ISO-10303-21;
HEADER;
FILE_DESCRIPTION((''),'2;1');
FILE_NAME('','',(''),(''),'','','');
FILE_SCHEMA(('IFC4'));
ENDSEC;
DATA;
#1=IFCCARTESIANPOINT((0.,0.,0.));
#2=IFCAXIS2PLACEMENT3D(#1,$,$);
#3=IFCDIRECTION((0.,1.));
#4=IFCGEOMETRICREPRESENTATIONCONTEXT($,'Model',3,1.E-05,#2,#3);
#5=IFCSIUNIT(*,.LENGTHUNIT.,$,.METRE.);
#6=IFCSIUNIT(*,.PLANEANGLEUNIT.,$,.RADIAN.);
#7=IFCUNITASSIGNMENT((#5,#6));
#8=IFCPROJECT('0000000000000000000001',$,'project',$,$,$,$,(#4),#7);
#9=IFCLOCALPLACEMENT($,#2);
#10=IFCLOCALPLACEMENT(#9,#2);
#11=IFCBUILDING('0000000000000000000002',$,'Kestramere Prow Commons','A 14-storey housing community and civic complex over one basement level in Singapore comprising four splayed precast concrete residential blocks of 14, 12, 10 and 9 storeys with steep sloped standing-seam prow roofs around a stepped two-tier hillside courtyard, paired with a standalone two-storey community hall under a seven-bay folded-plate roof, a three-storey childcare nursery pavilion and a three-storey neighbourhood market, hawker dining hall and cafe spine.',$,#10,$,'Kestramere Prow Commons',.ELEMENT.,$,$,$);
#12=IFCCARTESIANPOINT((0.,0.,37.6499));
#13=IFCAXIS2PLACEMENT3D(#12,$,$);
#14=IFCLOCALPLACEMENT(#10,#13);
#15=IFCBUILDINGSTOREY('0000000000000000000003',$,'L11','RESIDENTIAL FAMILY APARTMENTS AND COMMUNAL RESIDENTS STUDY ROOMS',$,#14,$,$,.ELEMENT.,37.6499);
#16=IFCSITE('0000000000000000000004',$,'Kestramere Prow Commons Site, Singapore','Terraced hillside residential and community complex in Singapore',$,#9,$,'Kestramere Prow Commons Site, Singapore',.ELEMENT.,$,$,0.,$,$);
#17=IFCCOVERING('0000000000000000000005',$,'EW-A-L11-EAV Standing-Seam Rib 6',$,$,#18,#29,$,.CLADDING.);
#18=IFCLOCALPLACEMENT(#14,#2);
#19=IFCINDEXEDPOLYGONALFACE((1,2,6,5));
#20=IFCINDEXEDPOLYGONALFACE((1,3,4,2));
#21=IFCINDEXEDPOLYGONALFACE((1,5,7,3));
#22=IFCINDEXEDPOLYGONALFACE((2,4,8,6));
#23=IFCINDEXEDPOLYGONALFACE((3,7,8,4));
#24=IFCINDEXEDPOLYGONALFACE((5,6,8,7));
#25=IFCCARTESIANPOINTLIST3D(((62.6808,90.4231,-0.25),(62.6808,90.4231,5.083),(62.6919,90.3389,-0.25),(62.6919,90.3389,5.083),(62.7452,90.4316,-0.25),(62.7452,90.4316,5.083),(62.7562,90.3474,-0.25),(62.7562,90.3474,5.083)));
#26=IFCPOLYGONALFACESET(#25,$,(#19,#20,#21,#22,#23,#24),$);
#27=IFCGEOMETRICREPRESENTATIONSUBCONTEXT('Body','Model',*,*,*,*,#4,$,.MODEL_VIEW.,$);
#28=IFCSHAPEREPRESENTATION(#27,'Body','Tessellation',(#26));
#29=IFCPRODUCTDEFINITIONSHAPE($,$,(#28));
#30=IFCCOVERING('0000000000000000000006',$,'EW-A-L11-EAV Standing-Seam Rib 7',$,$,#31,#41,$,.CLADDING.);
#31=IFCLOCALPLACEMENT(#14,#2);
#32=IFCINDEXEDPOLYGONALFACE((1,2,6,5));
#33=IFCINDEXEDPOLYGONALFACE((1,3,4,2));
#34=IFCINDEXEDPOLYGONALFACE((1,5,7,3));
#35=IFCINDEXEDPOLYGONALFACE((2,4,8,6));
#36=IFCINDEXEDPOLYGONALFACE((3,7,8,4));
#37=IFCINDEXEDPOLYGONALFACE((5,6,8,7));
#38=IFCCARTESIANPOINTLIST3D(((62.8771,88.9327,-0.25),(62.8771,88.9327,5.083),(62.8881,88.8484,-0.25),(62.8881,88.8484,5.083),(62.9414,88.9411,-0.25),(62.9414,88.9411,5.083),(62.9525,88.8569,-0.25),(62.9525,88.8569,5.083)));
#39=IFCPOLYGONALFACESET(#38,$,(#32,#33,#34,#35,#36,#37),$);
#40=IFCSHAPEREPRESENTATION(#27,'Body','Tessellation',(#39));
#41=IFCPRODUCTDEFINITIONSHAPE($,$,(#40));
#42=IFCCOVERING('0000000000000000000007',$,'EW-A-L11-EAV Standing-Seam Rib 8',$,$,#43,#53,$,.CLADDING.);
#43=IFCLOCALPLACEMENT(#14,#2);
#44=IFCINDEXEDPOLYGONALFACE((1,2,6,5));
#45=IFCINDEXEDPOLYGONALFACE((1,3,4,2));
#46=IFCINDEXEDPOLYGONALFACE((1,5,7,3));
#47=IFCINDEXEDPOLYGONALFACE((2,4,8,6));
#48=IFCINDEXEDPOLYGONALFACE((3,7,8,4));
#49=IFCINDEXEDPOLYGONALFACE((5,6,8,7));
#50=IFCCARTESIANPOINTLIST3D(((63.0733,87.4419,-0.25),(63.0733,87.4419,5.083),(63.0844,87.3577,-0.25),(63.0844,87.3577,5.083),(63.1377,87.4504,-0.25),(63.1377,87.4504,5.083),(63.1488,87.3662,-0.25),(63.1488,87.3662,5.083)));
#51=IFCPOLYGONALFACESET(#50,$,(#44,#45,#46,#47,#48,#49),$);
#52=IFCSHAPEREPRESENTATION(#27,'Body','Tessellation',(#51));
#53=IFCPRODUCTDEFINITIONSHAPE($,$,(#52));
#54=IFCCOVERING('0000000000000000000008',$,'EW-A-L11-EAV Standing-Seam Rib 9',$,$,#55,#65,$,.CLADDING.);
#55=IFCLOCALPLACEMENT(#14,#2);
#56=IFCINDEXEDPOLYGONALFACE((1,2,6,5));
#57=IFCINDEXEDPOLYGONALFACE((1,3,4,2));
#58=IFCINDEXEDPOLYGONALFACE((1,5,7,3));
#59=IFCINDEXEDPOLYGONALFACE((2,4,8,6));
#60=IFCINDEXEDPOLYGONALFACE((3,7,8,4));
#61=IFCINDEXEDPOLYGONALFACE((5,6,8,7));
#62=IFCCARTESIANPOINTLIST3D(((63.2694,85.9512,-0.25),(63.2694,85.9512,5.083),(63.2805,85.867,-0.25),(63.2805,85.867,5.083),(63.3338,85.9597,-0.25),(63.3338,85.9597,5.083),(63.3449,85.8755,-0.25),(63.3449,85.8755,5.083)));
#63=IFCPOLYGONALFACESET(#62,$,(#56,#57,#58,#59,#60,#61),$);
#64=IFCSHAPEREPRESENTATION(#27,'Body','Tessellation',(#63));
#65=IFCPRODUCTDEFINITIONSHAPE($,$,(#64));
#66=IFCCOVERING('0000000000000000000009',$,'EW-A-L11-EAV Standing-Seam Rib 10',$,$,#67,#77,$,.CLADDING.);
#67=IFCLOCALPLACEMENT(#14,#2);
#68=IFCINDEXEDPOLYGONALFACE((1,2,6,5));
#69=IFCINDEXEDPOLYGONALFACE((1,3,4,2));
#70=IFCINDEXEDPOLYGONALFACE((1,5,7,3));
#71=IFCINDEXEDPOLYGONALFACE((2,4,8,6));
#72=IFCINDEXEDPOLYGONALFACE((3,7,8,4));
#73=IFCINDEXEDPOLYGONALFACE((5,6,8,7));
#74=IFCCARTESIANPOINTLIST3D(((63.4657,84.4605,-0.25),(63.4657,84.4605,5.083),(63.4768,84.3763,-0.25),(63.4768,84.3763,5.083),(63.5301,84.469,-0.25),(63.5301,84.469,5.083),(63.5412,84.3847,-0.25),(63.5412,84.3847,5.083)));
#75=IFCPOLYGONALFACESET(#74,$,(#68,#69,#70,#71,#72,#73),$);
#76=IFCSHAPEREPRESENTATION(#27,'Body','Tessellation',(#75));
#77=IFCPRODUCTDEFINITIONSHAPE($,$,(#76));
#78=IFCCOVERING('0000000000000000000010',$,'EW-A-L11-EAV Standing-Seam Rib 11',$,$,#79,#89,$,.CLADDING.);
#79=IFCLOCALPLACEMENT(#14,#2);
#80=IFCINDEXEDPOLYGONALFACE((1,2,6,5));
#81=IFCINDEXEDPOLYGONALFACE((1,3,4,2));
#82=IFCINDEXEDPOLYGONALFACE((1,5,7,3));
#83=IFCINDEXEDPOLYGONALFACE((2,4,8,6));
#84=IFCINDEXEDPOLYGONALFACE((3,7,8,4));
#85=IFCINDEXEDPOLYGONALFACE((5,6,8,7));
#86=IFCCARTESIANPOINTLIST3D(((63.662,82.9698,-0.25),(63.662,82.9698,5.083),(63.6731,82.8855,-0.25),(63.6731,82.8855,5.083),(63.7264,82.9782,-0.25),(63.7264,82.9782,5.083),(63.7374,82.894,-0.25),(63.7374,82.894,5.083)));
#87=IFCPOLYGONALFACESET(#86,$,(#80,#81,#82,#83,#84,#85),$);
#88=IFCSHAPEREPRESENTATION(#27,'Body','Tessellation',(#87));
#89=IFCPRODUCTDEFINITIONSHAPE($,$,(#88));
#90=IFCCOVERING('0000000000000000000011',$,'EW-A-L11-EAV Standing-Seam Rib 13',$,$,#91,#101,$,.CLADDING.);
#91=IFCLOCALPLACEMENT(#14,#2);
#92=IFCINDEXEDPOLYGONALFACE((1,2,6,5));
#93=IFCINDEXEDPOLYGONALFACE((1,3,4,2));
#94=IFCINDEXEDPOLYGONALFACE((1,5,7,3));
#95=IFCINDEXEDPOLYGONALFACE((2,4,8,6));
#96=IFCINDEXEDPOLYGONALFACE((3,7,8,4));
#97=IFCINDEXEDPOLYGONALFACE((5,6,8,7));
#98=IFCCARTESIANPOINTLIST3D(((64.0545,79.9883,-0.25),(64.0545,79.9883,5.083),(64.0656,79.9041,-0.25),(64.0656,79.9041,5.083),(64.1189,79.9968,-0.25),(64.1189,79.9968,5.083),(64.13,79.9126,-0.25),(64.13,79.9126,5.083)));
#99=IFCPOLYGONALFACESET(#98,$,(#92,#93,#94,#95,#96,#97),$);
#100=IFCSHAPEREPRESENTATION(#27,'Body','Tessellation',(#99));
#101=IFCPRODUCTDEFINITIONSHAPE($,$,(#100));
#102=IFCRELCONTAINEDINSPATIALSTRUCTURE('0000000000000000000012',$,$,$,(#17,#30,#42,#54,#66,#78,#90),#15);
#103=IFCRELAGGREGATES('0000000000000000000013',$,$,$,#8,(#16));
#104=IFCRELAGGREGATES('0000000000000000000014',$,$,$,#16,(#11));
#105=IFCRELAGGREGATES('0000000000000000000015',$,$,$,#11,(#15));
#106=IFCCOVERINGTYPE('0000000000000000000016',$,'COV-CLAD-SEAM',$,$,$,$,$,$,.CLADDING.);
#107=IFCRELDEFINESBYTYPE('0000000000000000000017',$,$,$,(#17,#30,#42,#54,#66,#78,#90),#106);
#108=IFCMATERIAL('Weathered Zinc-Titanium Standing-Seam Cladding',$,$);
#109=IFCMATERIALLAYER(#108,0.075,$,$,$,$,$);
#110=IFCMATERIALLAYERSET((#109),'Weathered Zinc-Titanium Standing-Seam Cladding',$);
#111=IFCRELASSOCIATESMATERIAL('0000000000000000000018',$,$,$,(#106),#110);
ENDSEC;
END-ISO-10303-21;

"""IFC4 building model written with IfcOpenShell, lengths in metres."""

from ifc_helpers import new_model, si_unit, direction, frame, origin, origin_2d, place, context, subcontext, project, spatial, rectangle, extrude, material, layer, layer_set, type_object, element, save


model = new_model("IFC4")

# Units and contexts
model_context = context("Model", 3, precision=1e-05, world=origin(), true_north=direction((0.0, 1.0)))
body_context = subcontext(model_context, "Body", "Model", "MODEL_VIEW")
ifc_project = project(units=[si_unit("LENGTHUNIT", "METRE"), si_unit("PLANEANGLEUNIT", "RADIAN")], contexts=[model_context])

# Site, building, storey
site_placement = place(None, origin())
site = spatial("IfcSite", under=ifc_project, at=site_placement, Name="Kestramere Prow Commons Site, Singapore", Description="Terraced hillside residential and community complex in Singapore", LongName="Kestramere Prow Commons Site, Singapore", CompositionType="ELEMENT", RefElevation=0.0)
building_placement = place(site_placement, origin())
building = spatial("IfcBuilding", under=site, at=building_placement, Name="Kestramere Prow Commons", Description="A 14-storey housing community and civic complex over one basement level in Singapore comprising four splayed precast concrete residential blocks of 14, 12, 10 and 9 storeys with steep sloped standing-seam prow roofs around a stepped two-tier hillside courtyard, paired with a standalone two-storey community hall under a seven-bay folded-plate roof, a three-storey childcare nursery pavilion and a three-storey neighbourhood market, hawker dining hall and cafe spine.", LongName="Kestramere Prow Commons", CompositionType="ELEMENT")
storey_placement = place(building_placement, frame((0.0, 0.0, 37.6499)))
storey = spatial("IfcBuildingStorey", under=building, at=storey_placement, Name="L11", Description="RESIDENTIAL FAMILY APARTMENTS AND COMMUNAL RESIDENTS STUDY ROOMS", CompositionType="ELEMENT", Elevation=37.6499)

# Coverings
ifc_material_1 = material(Name="Weathered Zinc-Titanium Standing-Seam Cladding")
ifc_layer_1 = layer(ifc_material_1, 0.075)
ifc_layer_set_1 = layer_set([ifc_layer_1], Name="Weathered Zinc-Titanium Standing-Seam Cladding")
covering_type = type_object("IfcCoveringType", Name="COV-CLAD-SEAM", PredefinedType="CLADDING", material=ifc_layer_set_1)
for number, where, z_axis, x_axis, name in (
    (1, (62.7185, 90.3853, -0.25), (0.0, 0.0, 1.0), (0.130526, -0.991445, 0.0), "EW-A-L11-EAV Standing-Seam Rib 6"),
    (2, (62.9148, 88.8948, -0.25), (0.0, 0.0, 1.0), (0.130526, -0.991445, 0.0), "EW-A-L11-EAV Standing-Seam Rib 7"),
    (3, (63.1111, 87.4041, -0.25), (0.0, 0.0, 1.0), (0.130526, -0.991445, 0.0), "EW-A-L11-EAV Standing-Seam Rib 8"),
    (4, (63.3071, 85.9133, -0.25), (0.0, 0.0, 1.0), (0.130526, -0.991445, 0.0), "EW-A-L11-EAV Standing-Seam Rib 9"),
    (5, (63.5034, 84.4226, -0.25), (0.0, 0.0, 1.0), (0.130526, -0.991445, 0.0), "EW-A-L11-EAV Standing-Seam Rib 10"),
    (6, (63.6997, 82.9319, -0.25), (0.0, 0.0, 1.0), (0.130526, -0.991445, 0.0), "EW-A-L11-EAV Standing-Seam Rib 11"),
    (7, (64.0923, 79.9504, -0.25), (0.0, 0.0, 1.0), (0.130526, -0.991445, 0.0), "EW-A-L11-EAV Standing-Seam Rib 13"),
):
    element("IfcCovering", number, at=place(storey_placement, frame(where, z_axis=z_axis, x_axis=x_axis)), inside=storey, type_object=covering_type, Name=name, PredefinedType="CLADDING", context=body_context, shape_type="SweptSolid", body=[
        extrude(rectangle(XDim=0.085, YDim=0.0649, at=origin_2d()), origin(), (0.0, 0.0, 1.0), 5.333),
    ])

save(model, "model.ifc")
